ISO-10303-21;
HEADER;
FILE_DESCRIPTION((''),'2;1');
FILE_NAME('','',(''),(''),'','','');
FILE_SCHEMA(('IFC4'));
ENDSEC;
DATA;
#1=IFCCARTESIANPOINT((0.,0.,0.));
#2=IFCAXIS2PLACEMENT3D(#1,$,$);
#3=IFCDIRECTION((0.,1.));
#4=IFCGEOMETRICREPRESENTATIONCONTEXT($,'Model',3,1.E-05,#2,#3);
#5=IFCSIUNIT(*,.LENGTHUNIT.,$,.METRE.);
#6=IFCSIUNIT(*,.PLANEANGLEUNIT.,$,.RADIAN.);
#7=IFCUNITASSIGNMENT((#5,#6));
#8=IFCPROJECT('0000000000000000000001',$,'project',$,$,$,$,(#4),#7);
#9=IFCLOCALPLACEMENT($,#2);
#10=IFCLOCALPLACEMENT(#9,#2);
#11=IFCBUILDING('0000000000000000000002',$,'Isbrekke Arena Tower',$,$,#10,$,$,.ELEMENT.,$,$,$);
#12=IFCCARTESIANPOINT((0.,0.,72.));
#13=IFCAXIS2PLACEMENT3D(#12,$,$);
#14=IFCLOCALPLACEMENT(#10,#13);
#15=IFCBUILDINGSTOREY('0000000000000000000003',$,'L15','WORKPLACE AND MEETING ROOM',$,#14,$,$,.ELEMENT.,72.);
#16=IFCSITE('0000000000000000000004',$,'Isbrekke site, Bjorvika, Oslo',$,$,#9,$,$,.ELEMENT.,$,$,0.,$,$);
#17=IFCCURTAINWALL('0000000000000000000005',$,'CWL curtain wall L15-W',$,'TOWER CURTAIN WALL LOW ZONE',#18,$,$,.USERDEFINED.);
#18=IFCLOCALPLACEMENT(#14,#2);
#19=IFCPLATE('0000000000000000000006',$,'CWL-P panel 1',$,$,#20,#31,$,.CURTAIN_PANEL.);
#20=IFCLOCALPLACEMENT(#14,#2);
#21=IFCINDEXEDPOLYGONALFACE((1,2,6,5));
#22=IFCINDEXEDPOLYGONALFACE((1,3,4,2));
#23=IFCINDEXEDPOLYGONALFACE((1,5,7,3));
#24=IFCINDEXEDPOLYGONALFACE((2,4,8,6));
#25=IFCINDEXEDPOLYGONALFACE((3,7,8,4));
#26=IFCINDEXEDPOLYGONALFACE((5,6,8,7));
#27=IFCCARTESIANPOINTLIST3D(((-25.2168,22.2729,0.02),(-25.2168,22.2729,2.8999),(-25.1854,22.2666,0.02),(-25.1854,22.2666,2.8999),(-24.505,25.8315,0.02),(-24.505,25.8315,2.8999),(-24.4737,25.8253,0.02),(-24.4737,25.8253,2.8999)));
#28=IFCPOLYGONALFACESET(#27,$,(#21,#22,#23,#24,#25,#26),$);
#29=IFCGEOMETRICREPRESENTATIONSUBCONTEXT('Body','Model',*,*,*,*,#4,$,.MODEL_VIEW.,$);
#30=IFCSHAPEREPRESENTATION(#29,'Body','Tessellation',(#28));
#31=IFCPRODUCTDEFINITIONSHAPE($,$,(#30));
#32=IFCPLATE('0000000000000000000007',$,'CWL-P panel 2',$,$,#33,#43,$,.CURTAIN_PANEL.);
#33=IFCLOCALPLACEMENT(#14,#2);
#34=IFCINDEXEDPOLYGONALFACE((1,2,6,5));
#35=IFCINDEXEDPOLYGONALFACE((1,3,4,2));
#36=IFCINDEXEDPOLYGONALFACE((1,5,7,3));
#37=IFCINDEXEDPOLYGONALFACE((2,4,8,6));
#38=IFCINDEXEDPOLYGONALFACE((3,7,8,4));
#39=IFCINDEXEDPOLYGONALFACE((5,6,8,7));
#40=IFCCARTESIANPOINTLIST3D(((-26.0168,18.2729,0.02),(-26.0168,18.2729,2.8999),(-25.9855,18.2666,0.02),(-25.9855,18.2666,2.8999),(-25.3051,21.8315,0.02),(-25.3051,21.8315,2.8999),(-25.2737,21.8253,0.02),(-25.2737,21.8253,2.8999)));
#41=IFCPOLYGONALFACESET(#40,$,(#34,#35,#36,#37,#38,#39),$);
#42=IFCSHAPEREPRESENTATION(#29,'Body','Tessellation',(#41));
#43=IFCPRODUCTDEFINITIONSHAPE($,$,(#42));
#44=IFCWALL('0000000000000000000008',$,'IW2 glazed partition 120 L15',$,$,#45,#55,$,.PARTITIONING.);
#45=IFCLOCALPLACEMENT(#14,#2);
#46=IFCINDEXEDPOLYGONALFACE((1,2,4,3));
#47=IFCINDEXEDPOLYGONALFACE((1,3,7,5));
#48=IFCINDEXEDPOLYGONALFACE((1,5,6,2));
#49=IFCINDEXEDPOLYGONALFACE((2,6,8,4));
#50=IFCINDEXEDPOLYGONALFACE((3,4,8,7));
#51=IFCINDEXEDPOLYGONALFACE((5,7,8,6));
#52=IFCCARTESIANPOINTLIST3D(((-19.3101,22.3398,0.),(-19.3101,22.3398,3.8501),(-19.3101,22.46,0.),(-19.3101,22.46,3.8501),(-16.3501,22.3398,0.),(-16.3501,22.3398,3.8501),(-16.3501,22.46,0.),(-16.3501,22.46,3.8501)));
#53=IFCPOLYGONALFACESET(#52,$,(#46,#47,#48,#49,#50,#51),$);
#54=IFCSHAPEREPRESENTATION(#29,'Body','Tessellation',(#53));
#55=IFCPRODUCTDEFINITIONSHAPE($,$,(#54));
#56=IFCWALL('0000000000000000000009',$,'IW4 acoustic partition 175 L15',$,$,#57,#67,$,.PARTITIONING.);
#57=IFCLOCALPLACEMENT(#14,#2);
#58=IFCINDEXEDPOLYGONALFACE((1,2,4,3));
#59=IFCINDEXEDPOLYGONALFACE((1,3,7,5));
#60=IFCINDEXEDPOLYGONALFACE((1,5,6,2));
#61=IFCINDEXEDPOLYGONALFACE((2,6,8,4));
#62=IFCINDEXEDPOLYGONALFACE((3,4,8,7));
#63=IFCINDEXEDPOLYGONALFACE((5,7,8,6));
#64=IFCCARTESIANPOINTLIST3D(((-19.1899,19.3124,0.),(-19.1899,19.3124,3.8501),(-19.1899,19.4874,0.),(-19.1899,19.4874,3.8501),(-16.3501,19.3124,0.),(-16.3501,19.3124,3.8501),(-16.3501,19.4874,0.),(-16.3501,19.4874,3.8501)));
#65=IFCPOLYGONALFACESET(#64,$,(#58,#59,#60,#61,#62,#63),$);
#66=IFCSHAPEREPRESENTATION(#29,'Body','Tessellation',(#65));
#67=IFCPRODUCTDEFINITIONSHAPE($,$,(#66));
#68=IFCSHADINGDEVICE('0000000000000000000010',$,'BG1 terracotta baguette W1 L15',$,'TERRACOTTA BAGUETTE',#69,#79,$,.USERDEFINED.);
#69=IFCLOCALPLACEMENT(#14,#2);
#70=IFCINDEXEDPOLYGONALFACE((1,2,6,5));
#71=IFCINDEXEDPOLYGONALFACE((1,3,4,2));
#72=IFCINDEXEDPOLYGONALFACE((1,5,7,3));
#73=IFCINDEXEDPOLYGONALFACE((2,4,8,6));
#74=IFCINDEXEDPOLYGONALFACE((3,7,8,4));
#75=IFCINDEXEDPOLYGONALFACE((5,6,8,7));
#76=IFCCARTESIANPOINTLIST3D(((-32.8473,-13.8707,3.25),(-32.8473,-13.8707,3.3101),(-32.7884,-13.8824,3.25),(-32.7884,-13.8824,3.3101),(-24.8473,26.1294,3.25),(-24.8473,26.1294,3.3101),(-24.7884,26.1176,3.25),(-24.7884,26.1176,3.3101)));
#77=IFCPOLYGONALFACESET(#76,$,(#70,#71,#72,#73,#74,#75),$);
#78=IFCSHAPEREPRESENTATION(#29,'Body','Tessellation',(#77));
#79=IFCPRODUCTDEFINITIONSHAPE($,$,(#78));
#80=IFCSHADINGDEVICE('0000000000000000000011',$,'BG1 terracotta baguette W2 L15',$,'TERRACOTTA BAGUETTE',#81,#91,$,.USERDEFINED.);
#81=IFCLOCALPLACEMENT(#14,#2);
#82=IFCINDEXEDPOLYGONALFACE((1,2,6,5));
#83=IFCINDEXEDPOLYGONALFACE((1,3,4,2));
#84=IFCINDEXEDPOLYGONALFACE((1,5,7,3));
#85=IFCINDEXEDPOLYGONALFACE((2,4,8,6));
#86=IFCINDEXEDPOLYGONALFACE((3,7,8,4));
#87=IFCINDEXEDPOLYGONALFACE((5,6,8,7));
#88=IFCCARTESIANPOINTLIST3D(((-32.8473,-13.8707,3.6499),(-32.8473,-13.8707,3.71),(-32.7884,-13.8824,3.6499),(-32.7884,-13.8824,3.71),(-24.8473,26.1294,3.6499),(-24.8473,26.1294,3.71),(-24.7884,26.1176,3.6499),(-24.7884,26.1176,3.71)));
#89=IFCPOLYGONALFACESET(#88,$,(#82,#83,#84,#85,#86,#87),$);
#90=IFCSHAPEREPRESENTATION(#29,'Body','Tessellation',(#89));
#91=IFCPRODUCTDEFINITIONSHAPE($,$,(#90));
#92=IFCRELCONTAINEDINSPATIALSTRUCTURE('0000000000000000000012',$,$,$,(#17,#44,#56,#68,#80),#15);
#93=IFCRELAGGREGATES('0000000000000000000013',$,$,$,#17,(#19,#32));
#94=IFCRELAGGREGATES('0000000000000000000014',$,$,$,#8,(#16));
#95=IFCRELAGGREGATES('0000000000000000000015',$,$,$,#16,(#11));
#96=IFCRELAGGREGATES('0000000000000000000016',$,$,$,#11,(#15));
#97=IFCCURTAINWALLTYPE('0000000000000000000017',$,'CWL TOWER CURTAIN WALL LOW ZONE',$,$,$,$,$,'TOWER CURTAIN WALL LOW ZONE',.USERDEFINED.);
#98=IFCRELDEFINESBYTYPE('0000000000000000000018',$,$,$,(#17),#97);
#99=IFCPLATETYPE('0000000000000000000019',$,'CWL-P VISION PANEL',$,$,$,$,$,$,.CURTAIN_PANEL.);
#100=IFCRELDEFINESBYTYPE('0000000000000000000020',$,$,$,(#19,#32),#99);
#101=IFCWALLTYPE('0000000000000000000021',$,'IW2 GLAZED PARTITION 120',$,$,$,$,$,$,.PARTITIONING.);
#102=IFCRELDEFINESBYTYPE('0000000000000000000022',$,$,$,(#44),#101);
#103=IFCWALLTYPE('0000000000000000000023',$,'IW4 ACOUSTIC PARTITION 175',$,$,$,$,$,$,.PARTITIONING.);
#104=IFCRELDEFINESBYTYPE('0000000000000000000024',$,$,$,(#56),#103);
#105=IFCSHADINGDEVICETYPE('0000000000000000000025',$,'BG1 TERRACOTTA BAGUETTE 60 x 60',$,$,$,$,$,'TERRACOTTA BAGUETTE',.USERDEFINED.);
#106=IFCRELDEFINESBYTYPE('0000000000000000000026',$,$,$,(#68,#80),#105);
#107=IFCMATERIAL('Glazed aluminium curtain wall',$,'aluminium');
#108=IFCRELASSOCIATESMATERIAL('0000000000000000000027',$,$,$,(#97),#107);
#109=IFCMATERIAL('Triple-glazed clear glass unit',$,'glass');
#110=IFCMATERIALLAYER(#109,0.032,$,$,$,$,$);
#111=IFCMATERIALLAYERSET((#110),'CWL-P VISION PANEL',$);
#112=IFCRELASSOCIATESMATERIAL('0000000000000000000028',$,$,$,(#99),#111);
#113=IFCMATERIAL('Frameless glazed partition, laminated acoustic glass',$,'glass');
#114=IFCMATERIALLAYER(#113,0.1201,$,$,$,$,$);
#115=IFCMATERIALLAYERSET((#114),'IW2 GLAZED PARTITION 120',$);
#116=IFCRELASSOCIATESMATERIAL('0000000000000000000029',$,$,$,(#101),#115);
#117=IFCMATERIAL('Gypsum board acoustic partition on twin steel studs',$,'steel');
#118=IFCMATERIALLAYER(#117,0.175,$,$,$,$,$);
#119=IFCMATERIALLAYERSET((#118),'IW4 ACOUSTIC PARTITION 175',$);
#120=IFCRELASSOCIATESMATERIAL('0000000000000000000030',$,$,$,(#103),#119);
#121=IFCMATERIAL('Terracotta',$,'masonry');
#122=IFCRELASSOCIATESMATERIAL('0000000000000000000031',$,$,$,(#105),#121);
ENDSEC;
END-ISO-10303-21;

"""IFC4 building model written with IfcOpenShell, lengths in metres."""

from ifc_helpers import new_model, si_unit, direction, frame, frame_2d, origin, origin_2d, place, context, subcontext, project, spatial, rectangle, extrude, material, layer, layer_set, material_profile, profile_set, type_object, element, aggregate, save


model = new_model("IFC4")

# Units and contexts
model_context = context("Model", 3, precision=1e-05, world=origin(), true_north=direction((0.0, 1.0)))
body_context = subcontext(model_context, "Body", "Model", "MODEL_VIEW")
ifc_project = project(units=[si_unit("LENGTHUNIT", "METRE"), si_unit("PLANEANGLEUNIT", "RADIAN")], contexts=[model_context])

# Site, building, storey
site_placement = place(None, origin())
site = spatial("IfcSite", under=ifc_project, at=site_placement, Name="Isbrekke site, Bjorvika, Oslo", CompositionType="ELEMENT", RefElevation=0.0)
building_placement = place(site_placement, origin())
building = spatial("IfcBuilding", under=site, at=building_placement, Name="Isbrekke Arena Tower", CompositionType="ELEMENT")
storey_placement = place(building_placement, frame((0.0, 0.0, 72.0)))
storey = spatial("IfcBuildingStorey", under=building, at=storey_placement, Name="L15", Description="WORKPLACE AND MEETING ROOM", CompositionType="ELEMENT", Elevation=72.0)

# Shared definitions
ifc_material_1 = material(Name="Glazed aluminium curtain wall", Category="aluminium")
curtain_wall_type = type_object("IfcCurtainWallType", Name="CWL TOWER CURTAIN WALL LOW ZONE", ElementType="TOWER CURTAIN WALL LOW ZONE", PredefinedType="USERDEFINED", material=ifc_material_1)

# Curtain wall
curtain_wall_1_placement = place(storey_placement, origin())
curtain_wall_1 = element("IfcCurtainWall", 1, at=curtain_wall_1_placement, inside=storey, type_object=curtain_wall_type, Name="CWL curtain wall L15-W", ObjectType="TOWER CURTAIN WALL LOW ZONE", PredefinedType="USERDEFINED")

# Plates
ifc_material_2 = material(Name="Triple-glazed clear glass unit", Category="glass")
ifc_layer_1 = layer(ifc_material_2, 0.032)
ifc_layer_set_1 = layer_set([ifc_layer_1], Name="CWL-P VISION PANEL")
plate_type = type_object("IfcPlateType", Name="CWL-P VISION PANEL", PredefinedType="CURTAIN_PANEL", material=ifc_layer_set_1)
plate_1_placement = place(storey_placement, frame((-24.8452, 24.0491, 0.02), z_axis=(0.0, 0.0, 1.0), x_axis=(-0.196116, -0.980581, 0.0)))
plate_1 = element("IfcPlate", 2, at=plate_1_placement, type_object=plate_type, Name="CWL-P panel 1", PredefinedType="CURTAIN_PANEL", context=body_context, shape_type="SweptSolid", body=[
    extrude(rectangle(XDim=3.6292, YDim=0.032, at=origin_2d()), origin(), (0.0, 0.0, 1.0), 2.8799),
])
plate_2_placement = place(storey_placement, frame((-25.6453, 20.0491, 0.02), z_axis=(0.0, 0.0, 1.0), x_axis=(-0.196116, -0.980581, 0.0)))
plate_2 = element("IfcPlate", 3, at=plate_2_placement, type_object=plate_type, Name="CWL-P panel 2", PredefinedType="CURTAIN_PANEL", context=body_context, shape_type="SweptSolid", body=[
    extrude(rectangle(XDim=3.6292, YDim=0.032, at=origin_2d()), origin(), (0.0, 0.0, 1.0), 2.8799),
])
aggregate(curtain_wall_1, [plate_1, plate_2])

# Wall
ifc_material_3 = material(Name="Frameless glazed partition, laminated acoustic glass", Category="glass")
ifc_layer_2 = layer(ifc_material_3, 0.1201)
ifc_layer_set_2 = layer_set([ifc_layer_2], Name="IW2 GLAZED PARTITION 120")
wall_type_1 = type_object("IfcWallType", Name="IW2 GLAZED PARTITION 120", PredefinedType="PARTITIONING", material=ifc_layer_set_2)
wall_1_placement = place(storey_placement, frame((-19.3101, 22.3999, 0.0), z_axis=(0.0, 0.0, 1.0), x_axis=(1.0, 0.0, 0.0)))
element("IfcWall", 4, at=wall_1_placement, inside=storey, type_object=wall_type_1, Name="IW2 glazed partition 120 L15", PredefinedType="PARTITIONING", context=body_context, shape_type="SweptSolid", body=[
    extrude(rectangle(XDim=2.96, YDim=0.1201, at=frame_2d((1.48, 0.0))), origin(), (0.0, 0.0, 1.0), 3.8501),
])

# Wall
ifc_material_4 = material(Name="Gypsum board acoustic partition on twin steel studs", Category="steel")
ifc_layer_3 = layer(ifc_material_4, 0.175)
ifc_layer_set_3 = layer_set([ifc_layer_3], Name="IW4 ACOUSTIC PARTITION 175")
wall_type_2 = type_object("IfcWallType", Name="IW4 ACOUSTIC PARTITION 175", PredefinedType="PARTITIONING", material=ifc_layer_set_3)
wall_2_placement = place(storey_placement, frame((-19.1899, 19.3999, 0.0), z_axis=(0.0, 0.0, 1.0), x_axis=(1.0, 0.0, 0.0)))
element("IfcWall", 5, at=wall_2_placement, inside=storey, type_object=wall_type_2, Name="IW4 acoustic partition 175 L15", PredefinedType="PARTITIONING", context=body_context, shape_type="SweptSolid", body=[
    extrude(rectangle(XDim=2.8398, YDim=0.175, at=frame_2d((1.4199, 0.0))), origin(), (0.0, 0.0, 1.0), 3.8501),
])

# Shading devices
ifc_material_5 = material(Name="Terracotta", Category="masonry")
ifc_material_profile_1 = material_profile(ifc_material_5, rectangle(XDim=0.0601, YDim=0.0601, at=origin_2d()), Name="BAGUETTE 60X60")
ifc_profile_set_1 = profile_set([ifc_material_profile_1], Name="Terracotta")
shading_device_type = type_object("IfcShadingDeviceType", Name="BG1 TERRACOTTA BAGUETTE 60 x 60", ElementType="TERRACOTTA BAGUETTE", PredefinedType="USERDEFINED", material=ifc_profile_set_1)
for number, where, z_axis, x_axis, name in (
    (6, (-24.8179, 26.1235, 3.28), (-0.196116, -0.980581, 0.0), (0.980581, -0.196116, 0.0), "BG1 terracotta baguette W1 L15"),
    (7, (-24.8179, 26.1235, 3.6799), (-0.196116, -0.980581, 0.0), (0.980581, -0.196116, 0.0), "BG1 terracotta baguette W2 L15"),
):
    element("IfcShadingDevice", number, at=place(storey_placement, frame(where, z_axis=z_axis, x_axis=x_axis)), inside=storey, type_object=shading_device_type, Name=name, ObjectType="TERRACOTTA BAGUETTE", PredefinedType="USERDEFINED", context=body_context, shape_type="SweptSolid", body=[
        extrude(rectangle(XDim=0.0601, YDim=0.0601, at=origin_2d()), origin(), (0.0, 0.0, 1.0), 40.7922),
    ])

save(model, "model.ifc")
